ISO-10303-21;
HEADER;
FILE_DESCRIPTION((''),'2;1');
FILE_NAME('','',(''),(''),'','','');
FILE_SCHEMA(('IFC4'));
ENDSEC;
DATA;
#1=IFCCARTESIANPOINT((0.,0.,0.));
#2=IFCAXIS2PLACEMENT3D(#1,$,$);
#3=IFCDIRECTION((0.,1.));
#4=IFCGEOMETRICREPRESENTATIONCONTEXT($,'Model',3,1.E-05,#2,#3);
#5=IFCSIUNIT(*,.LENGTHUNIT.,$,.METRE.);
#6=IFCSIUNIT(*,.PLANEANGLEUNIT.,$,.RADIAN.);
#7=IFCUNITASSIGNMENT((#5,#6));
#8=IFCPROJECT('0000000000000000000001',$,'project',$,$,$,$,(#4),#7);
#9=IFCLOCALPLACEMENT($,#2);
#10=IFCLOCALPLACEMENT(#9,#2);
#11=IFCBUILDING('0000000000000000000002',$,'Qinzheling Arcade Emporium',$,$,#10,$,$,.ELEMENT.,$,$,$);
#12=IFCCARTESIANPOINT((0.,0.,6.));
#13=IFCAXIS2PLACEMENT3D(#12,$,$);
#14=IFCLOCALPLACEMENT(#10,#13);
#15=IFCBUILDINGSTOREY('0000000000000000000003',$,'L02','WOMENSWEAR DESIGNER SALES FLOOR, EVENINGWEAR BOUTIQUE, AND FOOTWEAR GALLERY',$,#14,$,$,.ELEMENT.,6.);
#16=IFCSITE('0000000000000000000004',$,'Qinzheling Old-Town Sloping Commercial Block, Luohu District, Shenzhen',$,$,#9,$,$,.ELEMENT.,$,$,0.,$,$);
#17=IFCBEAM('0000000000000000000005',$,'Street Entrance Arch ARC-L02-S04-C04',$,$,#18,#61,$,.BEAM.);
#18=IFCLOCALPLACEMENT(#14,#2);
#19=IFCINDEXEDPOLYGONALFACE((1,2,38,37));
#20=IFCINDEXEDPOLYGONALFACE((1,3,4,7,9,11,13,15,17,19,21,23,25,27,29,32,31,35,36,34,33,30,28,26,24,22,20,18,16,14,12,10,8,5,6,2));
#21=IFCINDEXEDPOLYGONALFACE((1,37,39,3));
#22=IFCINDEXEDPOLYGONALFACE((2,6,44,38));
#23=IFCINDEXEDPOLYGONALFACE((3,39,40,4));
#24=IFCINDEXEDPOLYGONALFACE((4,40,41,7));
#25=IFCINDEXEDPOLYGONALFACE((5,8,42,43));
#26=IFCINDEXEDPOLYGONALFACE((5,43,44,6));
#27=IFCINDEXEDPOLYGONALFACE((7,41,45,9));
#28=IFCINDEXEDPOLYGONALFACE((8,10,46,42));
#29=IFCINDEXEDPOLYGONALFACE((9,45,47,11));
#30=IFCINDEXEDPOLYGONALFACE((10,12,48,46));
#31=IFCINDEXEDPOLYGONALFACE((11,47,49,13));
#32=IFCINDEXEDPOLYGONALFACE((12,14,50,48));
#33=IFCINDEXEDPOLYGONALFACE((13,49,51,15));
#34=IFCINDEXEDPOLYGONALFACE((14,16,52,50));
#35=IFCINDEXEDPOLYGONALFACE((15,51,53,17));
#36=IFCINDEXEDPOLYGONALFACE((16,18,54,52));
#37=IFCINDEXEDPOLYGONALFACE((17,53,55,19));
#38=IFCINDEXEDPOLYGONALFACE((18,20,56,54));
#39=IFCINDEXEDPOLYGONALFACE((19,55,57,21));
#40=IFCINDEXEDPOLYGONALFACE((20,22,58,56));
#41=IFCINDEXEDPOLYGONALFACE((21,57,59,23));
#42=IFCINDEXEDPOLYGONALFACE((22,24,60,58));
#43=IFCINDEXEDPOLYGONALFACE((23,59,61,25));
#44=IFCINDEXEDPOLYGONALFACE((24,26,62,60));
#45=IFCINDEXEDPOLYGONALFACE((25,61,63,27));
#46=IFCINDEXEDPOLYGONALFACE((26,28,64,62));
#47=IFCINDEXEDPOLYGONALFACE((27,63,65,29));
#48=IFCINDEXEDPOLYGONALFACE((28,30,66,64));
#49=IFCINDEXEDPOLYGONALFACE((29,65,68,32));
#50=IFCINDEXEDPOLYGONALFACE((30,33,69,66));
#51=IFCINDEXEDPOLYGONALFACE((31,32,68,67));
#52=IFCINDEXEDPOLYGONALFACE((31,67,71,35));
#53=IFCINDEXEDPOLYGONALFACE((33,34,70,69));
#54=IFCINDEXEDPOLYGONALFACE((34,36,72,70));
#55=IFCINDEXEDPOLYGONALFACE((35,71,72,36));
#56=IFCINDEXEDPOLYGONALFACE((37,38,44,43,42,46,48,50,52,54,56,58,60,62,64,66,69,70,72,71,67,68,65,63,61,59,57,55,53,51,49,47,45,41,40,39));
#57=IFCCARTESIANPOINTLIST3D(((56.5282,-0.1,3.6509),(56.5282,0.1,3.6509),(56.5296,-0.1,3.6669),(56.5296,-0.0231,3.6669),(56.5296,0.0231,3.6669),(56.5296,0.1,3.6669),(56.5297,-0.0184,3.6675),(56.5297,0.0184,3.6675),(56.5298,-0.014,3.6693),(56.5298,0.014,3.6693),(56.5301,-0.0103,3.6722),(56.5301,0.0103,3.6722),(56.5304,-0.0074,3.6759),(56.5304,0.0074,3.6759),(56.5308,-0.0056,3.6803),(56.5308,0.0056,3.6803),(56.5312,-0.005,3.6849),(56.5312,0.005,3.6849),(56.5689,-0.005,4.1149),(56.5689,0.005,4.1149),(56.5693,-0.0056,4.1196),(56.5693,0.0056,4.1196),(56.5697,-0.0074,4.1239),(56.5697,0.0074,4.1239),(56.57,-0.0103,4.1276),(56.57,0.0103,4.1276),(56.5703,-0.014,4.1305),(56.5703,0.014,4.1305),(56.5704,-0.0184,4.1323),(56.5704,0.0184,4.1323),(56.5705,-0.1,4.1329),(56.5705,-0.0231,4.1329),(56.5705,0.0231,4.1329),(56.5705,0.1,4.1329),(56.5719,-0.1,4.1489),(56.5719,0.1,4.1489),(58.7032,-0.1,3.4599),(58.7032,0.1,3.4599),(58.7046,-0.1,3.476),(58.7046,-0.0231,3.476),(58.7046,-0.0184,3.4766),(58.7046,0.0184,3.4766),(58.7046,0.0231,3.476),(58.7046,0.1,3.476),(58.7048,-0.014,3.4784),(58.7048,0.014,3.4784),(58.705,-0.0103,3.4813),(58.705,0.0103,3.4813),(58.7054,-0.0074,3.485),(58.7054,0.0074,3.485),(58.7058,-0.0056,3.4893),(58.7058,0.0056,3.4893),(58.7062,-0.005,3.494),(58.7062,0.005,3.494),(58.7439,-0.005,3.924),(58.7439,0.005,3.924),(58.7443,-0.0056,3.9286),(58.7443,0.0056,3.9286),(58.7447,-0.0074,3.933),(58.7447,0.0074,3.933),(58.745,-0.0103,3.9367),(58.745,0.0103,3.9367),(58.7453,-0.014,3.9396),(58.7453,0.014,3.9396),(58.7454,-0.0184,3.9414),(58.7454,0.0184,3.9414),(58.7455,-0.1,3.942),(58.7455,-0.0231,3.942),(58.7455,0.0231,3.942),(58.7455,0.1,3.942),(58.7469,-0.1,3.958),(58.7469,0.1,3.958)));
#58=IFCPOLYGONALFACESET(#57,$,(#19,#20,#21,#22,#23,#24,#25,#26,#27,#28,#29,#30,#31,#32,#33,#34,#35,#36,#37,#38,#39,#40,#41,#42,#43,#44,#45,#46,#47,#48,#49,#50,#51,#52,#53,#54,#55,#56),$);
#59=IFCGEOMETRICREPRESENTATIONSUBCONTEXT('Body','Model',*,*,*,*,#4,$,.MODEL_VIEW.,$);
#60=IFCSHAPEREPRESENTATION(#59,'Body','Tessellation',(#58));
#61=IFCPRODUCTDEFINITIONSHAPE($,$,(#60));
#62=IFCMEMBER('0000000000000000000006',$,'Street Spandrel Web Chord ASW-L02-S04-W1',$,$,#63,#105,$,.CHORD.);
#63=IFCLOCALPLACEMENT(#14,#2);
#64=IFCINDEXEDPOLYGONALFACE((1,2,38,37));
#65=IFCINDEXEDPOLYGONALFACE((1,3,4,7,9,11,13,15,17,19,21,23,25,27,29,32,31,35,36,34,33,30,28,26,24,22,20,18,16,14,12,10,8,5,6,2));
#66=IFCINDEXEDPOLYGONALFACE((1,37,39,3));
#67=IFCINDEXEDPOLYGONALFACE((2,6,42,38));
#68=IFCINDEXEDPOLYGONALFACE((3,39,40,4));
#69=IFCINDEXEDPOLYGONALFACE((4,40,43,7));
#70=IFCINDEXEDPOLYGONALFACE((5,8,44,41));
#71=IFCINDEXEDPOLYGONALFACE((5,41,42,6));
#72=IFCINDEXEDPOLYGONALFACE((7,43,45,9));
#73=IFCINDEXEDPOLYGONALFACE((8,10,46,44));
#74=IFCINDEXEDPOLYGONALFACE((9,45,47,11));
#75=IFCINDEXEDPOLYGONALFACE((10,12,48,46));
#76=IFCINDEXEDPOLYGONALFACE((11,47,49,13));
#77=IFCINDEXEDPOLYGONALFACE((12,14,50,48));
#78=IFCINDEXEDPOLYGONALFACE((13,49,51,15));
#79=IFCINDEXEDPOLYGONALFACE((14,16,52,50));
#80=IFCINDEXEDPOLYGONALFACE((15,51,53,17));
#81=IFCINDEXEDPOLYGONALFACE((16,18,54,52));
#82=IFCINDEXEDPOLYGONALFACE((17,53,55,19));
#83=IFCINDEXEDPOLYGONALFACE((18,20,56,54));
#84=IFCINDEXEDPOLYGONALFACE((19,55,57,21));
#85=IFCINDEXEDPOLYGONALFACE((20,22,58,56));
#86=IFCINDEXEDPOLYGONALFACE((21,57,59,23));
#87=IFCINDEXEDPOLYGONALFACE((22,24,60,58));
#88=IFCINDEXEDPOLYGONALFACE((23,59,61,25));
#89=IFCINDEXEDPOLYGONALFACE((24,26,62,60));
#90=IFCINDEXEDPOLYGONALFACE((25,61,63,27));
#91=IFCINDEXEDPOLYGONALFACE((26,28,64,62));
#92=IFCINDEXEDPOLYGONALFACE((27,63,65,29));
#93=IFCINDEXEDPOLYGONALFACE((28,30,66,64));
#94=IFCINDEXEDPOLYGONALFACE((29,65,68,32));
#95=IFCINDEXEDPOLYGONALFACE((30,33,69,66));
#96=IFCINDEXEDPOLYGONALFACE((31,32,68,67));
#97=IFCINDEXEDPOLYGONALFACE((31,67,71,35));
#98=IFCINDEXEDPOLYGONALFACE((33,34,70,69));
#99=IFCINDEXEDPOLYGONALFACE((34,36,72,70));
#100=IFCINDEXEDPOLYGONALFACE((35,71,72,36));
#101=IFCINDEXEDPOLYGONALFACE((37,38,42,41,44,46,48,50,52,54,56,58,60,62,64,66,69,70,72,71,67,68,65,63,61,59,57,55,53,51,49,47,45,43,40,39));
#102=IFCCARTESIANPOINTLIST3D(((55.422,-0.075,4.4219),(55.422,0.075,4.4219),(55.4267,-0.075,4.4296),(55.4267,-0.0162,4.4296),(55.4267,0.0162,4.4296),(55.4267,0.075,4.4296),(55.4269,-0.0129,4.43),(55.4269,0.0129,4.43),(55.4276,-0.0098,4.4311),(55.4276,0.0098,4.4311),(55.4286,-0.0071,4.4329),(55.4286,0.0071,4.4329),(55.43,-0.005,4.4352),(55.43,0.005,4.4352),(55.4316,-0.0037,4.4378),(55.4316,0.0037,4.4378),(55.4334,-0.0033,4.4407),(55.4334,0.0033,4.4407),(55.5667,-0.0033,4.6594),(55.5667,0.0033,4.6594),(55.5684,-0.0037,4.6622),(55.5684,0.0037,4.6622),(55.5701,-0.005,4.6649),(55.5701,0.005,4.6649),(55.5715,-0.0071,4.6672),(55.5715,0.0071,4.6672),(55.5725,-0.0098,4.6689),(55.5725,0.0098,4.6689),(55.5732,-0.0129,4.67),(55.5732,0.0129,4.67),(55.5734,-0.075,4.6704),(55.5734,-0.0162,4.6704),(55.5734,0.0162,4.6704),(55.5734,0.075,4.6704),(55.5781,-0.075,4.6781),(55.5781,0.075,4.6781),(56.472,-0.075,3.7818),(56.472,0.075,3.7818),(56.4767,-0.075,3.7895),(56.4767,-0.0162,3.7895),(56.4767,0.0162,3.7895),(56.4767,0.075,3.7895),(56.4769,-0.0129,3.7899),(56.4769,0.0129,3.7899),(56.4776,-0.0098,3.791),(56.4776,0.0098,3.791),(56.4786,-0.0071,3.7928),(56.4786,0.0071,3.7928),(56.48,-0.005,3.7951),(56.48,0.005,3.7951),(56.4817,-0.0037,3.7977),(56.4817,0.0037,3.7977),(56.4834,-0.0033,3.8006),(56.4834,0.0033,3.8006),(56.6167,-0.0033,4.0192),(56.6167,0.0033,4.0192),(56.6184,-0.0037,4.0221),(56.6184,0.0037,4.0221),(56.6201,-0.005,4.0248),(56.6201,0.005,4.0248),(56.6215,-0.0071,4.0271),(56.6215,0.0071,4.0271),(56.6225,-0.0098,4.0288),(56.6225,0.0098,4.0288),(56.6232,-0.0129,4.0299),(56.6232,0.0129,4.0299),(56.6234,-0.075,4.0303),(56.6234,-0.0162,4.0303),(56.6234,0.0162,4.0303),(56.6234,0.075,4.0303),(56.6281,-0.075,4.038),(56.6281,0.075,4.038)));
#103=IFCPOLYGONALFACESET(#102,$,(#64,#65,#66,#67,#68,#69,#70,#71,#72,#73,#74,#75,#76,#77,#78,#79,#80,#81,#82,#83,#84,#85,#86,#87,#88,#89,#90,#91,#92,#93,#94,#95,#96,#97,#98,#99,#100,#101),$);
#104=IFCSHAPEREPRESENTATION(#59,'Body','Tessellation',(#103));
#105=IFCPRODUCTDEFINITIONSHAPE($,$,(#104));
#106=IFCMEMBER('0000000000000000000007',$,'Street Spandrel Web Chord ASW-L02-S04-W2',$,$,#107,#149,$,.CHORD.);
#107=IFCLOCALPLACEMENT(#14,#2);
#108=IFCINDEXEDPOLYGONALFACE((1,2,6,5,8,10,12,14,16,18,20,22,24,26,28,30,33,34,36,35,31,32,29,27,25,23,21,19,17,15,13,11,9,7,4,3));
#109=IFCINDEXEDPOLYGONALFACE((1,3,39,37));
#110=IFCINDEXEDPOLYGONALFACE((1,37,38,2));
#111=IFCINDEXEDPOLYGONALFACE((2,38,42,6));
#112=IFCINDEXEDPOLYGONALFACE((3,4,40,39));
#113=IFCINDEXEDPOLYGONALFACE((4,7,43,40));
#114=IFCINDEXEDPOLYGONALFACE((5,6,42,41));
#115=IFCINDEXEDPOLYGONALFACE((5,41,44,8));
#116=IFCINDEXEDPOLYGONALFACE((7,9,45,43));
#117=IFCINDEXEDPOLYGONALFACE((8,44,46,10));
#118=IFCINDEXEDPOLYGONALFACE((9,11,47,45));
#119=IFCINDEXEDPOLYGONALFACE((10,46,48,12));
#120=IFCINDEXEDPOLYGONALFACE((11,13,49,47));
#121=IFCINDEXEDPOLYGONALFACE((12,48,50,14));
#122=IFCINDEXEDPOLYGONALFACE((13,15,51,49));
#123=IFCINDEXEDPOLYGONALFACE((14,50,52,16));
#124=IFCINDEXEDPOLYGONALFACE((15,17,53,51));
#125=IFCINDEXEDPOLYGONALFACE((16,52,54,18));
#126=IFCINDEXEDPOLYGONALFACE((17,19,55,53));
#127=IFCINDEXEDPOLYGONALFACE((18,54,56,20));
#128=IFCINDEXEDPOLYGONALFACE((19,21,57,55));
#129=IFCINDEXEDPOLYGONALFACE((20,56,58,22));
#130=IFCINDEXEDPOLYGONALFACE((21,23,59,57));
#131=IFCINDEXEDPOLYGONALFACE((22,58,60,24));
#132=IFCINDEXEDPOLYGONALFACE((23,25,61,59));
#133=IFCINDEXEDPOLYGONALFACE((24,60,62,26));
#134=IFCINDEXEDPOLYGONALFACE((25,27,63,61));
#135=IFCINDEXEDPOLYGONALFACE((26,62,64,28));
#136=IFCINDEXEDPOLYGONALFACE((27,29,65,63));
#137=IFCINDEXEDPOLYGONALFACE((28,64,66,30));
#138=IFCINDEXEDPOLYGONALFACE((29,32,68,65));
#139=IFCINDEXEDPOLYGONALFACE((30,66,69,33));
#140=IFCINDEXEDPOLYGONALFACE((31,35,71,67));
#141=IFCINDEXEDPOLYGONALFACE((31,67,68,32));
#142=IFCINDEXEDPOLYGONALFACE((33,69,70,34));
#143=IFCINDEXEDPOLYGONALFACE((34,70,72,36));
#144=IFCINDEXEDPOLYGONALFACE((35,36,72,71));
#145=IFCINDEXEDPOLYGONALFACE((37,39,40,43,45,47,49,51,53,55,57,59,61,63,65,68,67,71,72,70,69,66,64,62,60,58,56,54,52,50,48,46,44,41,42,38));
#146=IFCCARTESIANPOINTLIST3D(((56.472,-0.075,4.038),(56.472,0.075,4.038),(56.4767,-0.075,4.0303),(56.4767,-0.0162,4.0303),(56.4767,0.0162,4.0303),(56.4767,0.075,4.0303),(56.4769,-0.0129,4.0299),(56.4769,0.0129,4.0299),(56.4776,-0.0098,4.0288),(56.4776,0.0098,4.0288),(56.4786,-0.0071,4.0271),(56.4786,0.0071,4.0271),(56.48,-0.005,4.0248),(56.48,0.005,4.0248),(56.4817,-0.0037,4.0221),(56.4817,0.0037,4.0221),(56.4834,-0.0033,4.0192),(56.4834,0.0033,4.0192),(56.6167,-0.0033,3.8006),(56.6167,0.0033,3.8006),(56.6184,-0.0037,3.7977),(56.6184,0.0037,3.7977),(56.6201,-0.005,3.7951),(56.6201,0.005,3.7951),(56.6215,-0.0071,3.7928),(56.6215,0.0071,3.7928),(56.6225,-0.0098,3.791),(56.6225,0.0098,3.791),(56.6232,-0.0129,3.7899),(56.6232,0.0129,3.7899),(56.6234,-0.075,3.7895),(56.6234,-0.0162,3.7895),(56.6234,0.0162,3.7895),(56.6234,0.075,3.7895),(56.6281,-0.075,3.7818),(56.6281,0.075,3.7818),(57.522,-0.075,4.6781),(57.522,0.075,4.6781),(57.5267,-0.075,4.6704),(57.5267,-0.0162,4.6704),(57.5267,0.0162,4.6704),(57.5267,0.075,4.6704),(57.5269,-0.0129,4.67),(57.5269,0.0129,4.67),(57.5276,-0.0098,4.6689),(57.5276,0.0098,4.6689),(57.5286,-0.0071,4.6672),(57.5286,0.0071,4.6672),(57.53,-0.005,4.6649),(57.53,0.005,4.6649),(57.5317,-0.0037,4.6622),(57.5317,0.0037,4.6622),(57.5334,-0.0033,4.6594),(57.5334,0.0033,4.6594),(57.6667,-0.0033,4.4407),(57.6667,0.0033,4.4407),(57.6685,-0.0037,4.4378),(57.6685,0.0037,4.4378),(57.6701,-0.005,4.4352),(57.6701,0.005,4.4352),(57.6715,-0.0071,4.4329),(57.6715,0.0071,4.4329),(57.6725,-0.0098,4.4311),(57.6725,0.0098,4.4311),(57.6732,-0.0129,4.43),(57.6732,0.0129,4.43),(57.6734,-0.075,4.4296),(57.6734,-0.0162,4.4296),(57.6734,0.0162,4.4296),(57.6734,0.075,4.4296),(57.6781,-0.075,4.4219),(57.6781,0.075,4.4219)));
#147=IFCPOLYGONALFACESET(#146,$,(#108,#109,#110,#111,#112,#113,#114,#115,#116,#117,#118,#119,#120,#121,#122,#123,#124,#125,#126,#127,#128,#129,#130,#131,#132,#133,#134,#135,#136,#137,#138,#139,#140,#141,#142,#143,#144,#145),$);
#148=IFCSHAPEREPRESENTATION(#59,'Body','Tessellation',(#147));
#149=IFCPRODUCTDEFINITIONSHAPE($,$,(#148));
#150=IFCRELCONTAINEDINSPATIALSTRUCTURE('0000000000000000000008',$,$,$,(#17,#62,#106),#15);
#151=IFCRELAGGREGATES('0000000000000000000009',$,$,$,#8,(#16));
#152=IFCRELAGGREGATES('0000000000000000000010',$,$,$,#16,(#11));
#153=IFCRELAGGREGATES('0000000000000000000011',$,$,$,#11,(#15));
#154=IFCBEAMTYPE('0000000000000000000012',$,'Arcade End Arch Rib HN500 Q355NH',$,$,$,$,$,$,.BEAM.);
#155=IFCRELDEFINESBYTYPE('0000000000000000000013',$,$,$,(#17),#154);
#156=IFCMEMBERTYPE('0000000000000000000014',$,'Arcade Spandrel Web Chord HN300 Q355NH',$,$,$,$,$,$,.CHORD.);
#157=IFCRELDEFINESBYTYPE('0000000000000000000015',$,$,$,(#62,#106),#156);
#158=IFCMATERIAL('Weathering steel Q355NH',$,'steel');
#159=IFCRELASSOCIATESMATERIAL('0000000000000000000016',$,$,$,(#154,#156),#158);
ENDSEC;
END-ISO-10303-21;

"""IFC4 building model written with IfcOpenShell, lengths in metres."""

from ifc_helpers import new_model, si_unit, direction, frame, origin, origin_2d, place, context, subcontext, project, spatial, i_section, extrude, material, material_profile, profile_set, type_object, element, save


model = new_model("IFC4")

# Units and contexts
model_context = context("Model", 3, precision=1e-05, world=origin(), true_north=direction((0.0, 1.0)))
body_context = subcontext(model_context, "Body", "Model", "MODEL_VIEW")
ifc_project = project(units=[si_unit("LENGTHUNIT", "METRE"), si_unit("PLANEANGLEUNIT", "RADIAN")], contexts=[model_context])

# Site, building, storey
site_placement = place(None, origin())
site = spatial("IfcSite", under=ifc_project, at=site_placement, Name="Qinzheling Old-Town Sloping Commercial Block, Luohu District, Shenzhen", CompositionType="ELEMENT", RefElevation=0.0)
building_placement = place(site_placement, origin())
building = spatial("IfcBuilding", under=site, at=building_placement, Name="Qinzheling Arcade Emporium", CompositionType="ELEMENT")
storey_placement = place(building_placement, frame((0.0, 0.0, 6.0)))
storey = spatial("IfcBuildingStorey", under=building, at=storey_placement, Name="L02", Description="WOMENSWEAR DESIGNER SALES FLOOR, EVENINGWEAR BOUTIQUE, AND FOOTWEAR GALLERY", CompositionType="ELEMENT", Elevation=6.0)

# Beam
ifc_material_1 = material(Name="Weathering steel Q355NH", Category="steel")
ifc_material_profile_1 = material_profile(ifc_material_1, i_section(OverallWidth=0.2, OverallDepth=0.5, WebThickness=0.01, FlangeThickness=0.0161, FilletRadius=0.0181, at=origin_2d()), Name="HN 500x200x10x16", Category="steel")
ifc_profile_set_1 = profile_set([ifc_material_profile_1], Name="Weathering steel Q355NH")
beam_type_1 = type_object("IfcBeamType", Name="Arcade End Arch Rib HN500 Q355NH", PredefinedType="BEAM", material=ifc_profile_set_1)
for number, where, z_axis, x_axis, name in (
    (1, (56.55, 0.0, 3.8999), (0.99617, 0.0, -0.08744), (0.0, 1.0, 0.0), "Street Entrance Arch ARC-L02-S04-C04"),
):
    element("IfcBeam", number, at=place(storey_placement, frame(where, z_axis=z_axis, x_axis=x_axis)), inside=storey, type_object=beam_type_1, Name=name, PredefinedType="BEAM", context=body_context, shape_type="SweptSolid", body=[
        extrude(i_section(OverallWidth=0.2, OverallDepth=0.5, WebThickness=0.01, FlangeThickness=0.0161, FilletRadius=0.0181, at=origin_2d()), origin(), (0.0, 0.0, 1.0), 2.1833),
    ])

# Members
ifc_material_profile_2 = material_profile(ifc_material_1, i_section(OverallWidth=0.1499, OverallDepth=0.3, WebThickness=0.0066, FlangeThickness=0.009, FilletRadius=0.0129, at=origin_2d()), Name="HN 300x150x6.5x9", Category="steel")
ifc_profile_set_2 = profile_set([ifc_material_profile_2], Name="Weathering steel Q355NH")
member_type_1 = type_object("IfcMemberType", Name="Arcade Spandrel Web Chord HN300 Q355NH", PredefinedType="CHORD", material=ifc_profile_set_2)
for number, where, z_axis, x_axis, name in (
    (2, (56.55, 0.0, 3.9099), (-0.853846, 0.0, 0.520526), (0.0, -1.0, 0.0), "Street Spandrel Web Chord ASW-L02-S04-W1"),
    (3, (56.55, 0.0, 3.9099), (0.853846, 0.0, 0.520526), (0.0, 1.0, 0.0), "Street Spandrel Web Chord ASW-L02-S04-W2"),
):
    element("IfcMember", number, at=place(storey_placement, frame(where, z_axis=z_axis, x_axis=x_axis)), inside=storey, type_object=member_type_1, Name=name, PredefinedType="CHORD", context=body_context, shape_type="SweptSolid", body=[
        extrude(i_section(OverallWidth=0.1499, OverallDepth=0.3, WebThickness=0.0066, FlangeThickness=0.009, FilletRadius=0.0129, at=origin_2d()), origin(), (0.0, 0.0, 1.0), 1.2297),
    ])

save(model, "model.ifc")
